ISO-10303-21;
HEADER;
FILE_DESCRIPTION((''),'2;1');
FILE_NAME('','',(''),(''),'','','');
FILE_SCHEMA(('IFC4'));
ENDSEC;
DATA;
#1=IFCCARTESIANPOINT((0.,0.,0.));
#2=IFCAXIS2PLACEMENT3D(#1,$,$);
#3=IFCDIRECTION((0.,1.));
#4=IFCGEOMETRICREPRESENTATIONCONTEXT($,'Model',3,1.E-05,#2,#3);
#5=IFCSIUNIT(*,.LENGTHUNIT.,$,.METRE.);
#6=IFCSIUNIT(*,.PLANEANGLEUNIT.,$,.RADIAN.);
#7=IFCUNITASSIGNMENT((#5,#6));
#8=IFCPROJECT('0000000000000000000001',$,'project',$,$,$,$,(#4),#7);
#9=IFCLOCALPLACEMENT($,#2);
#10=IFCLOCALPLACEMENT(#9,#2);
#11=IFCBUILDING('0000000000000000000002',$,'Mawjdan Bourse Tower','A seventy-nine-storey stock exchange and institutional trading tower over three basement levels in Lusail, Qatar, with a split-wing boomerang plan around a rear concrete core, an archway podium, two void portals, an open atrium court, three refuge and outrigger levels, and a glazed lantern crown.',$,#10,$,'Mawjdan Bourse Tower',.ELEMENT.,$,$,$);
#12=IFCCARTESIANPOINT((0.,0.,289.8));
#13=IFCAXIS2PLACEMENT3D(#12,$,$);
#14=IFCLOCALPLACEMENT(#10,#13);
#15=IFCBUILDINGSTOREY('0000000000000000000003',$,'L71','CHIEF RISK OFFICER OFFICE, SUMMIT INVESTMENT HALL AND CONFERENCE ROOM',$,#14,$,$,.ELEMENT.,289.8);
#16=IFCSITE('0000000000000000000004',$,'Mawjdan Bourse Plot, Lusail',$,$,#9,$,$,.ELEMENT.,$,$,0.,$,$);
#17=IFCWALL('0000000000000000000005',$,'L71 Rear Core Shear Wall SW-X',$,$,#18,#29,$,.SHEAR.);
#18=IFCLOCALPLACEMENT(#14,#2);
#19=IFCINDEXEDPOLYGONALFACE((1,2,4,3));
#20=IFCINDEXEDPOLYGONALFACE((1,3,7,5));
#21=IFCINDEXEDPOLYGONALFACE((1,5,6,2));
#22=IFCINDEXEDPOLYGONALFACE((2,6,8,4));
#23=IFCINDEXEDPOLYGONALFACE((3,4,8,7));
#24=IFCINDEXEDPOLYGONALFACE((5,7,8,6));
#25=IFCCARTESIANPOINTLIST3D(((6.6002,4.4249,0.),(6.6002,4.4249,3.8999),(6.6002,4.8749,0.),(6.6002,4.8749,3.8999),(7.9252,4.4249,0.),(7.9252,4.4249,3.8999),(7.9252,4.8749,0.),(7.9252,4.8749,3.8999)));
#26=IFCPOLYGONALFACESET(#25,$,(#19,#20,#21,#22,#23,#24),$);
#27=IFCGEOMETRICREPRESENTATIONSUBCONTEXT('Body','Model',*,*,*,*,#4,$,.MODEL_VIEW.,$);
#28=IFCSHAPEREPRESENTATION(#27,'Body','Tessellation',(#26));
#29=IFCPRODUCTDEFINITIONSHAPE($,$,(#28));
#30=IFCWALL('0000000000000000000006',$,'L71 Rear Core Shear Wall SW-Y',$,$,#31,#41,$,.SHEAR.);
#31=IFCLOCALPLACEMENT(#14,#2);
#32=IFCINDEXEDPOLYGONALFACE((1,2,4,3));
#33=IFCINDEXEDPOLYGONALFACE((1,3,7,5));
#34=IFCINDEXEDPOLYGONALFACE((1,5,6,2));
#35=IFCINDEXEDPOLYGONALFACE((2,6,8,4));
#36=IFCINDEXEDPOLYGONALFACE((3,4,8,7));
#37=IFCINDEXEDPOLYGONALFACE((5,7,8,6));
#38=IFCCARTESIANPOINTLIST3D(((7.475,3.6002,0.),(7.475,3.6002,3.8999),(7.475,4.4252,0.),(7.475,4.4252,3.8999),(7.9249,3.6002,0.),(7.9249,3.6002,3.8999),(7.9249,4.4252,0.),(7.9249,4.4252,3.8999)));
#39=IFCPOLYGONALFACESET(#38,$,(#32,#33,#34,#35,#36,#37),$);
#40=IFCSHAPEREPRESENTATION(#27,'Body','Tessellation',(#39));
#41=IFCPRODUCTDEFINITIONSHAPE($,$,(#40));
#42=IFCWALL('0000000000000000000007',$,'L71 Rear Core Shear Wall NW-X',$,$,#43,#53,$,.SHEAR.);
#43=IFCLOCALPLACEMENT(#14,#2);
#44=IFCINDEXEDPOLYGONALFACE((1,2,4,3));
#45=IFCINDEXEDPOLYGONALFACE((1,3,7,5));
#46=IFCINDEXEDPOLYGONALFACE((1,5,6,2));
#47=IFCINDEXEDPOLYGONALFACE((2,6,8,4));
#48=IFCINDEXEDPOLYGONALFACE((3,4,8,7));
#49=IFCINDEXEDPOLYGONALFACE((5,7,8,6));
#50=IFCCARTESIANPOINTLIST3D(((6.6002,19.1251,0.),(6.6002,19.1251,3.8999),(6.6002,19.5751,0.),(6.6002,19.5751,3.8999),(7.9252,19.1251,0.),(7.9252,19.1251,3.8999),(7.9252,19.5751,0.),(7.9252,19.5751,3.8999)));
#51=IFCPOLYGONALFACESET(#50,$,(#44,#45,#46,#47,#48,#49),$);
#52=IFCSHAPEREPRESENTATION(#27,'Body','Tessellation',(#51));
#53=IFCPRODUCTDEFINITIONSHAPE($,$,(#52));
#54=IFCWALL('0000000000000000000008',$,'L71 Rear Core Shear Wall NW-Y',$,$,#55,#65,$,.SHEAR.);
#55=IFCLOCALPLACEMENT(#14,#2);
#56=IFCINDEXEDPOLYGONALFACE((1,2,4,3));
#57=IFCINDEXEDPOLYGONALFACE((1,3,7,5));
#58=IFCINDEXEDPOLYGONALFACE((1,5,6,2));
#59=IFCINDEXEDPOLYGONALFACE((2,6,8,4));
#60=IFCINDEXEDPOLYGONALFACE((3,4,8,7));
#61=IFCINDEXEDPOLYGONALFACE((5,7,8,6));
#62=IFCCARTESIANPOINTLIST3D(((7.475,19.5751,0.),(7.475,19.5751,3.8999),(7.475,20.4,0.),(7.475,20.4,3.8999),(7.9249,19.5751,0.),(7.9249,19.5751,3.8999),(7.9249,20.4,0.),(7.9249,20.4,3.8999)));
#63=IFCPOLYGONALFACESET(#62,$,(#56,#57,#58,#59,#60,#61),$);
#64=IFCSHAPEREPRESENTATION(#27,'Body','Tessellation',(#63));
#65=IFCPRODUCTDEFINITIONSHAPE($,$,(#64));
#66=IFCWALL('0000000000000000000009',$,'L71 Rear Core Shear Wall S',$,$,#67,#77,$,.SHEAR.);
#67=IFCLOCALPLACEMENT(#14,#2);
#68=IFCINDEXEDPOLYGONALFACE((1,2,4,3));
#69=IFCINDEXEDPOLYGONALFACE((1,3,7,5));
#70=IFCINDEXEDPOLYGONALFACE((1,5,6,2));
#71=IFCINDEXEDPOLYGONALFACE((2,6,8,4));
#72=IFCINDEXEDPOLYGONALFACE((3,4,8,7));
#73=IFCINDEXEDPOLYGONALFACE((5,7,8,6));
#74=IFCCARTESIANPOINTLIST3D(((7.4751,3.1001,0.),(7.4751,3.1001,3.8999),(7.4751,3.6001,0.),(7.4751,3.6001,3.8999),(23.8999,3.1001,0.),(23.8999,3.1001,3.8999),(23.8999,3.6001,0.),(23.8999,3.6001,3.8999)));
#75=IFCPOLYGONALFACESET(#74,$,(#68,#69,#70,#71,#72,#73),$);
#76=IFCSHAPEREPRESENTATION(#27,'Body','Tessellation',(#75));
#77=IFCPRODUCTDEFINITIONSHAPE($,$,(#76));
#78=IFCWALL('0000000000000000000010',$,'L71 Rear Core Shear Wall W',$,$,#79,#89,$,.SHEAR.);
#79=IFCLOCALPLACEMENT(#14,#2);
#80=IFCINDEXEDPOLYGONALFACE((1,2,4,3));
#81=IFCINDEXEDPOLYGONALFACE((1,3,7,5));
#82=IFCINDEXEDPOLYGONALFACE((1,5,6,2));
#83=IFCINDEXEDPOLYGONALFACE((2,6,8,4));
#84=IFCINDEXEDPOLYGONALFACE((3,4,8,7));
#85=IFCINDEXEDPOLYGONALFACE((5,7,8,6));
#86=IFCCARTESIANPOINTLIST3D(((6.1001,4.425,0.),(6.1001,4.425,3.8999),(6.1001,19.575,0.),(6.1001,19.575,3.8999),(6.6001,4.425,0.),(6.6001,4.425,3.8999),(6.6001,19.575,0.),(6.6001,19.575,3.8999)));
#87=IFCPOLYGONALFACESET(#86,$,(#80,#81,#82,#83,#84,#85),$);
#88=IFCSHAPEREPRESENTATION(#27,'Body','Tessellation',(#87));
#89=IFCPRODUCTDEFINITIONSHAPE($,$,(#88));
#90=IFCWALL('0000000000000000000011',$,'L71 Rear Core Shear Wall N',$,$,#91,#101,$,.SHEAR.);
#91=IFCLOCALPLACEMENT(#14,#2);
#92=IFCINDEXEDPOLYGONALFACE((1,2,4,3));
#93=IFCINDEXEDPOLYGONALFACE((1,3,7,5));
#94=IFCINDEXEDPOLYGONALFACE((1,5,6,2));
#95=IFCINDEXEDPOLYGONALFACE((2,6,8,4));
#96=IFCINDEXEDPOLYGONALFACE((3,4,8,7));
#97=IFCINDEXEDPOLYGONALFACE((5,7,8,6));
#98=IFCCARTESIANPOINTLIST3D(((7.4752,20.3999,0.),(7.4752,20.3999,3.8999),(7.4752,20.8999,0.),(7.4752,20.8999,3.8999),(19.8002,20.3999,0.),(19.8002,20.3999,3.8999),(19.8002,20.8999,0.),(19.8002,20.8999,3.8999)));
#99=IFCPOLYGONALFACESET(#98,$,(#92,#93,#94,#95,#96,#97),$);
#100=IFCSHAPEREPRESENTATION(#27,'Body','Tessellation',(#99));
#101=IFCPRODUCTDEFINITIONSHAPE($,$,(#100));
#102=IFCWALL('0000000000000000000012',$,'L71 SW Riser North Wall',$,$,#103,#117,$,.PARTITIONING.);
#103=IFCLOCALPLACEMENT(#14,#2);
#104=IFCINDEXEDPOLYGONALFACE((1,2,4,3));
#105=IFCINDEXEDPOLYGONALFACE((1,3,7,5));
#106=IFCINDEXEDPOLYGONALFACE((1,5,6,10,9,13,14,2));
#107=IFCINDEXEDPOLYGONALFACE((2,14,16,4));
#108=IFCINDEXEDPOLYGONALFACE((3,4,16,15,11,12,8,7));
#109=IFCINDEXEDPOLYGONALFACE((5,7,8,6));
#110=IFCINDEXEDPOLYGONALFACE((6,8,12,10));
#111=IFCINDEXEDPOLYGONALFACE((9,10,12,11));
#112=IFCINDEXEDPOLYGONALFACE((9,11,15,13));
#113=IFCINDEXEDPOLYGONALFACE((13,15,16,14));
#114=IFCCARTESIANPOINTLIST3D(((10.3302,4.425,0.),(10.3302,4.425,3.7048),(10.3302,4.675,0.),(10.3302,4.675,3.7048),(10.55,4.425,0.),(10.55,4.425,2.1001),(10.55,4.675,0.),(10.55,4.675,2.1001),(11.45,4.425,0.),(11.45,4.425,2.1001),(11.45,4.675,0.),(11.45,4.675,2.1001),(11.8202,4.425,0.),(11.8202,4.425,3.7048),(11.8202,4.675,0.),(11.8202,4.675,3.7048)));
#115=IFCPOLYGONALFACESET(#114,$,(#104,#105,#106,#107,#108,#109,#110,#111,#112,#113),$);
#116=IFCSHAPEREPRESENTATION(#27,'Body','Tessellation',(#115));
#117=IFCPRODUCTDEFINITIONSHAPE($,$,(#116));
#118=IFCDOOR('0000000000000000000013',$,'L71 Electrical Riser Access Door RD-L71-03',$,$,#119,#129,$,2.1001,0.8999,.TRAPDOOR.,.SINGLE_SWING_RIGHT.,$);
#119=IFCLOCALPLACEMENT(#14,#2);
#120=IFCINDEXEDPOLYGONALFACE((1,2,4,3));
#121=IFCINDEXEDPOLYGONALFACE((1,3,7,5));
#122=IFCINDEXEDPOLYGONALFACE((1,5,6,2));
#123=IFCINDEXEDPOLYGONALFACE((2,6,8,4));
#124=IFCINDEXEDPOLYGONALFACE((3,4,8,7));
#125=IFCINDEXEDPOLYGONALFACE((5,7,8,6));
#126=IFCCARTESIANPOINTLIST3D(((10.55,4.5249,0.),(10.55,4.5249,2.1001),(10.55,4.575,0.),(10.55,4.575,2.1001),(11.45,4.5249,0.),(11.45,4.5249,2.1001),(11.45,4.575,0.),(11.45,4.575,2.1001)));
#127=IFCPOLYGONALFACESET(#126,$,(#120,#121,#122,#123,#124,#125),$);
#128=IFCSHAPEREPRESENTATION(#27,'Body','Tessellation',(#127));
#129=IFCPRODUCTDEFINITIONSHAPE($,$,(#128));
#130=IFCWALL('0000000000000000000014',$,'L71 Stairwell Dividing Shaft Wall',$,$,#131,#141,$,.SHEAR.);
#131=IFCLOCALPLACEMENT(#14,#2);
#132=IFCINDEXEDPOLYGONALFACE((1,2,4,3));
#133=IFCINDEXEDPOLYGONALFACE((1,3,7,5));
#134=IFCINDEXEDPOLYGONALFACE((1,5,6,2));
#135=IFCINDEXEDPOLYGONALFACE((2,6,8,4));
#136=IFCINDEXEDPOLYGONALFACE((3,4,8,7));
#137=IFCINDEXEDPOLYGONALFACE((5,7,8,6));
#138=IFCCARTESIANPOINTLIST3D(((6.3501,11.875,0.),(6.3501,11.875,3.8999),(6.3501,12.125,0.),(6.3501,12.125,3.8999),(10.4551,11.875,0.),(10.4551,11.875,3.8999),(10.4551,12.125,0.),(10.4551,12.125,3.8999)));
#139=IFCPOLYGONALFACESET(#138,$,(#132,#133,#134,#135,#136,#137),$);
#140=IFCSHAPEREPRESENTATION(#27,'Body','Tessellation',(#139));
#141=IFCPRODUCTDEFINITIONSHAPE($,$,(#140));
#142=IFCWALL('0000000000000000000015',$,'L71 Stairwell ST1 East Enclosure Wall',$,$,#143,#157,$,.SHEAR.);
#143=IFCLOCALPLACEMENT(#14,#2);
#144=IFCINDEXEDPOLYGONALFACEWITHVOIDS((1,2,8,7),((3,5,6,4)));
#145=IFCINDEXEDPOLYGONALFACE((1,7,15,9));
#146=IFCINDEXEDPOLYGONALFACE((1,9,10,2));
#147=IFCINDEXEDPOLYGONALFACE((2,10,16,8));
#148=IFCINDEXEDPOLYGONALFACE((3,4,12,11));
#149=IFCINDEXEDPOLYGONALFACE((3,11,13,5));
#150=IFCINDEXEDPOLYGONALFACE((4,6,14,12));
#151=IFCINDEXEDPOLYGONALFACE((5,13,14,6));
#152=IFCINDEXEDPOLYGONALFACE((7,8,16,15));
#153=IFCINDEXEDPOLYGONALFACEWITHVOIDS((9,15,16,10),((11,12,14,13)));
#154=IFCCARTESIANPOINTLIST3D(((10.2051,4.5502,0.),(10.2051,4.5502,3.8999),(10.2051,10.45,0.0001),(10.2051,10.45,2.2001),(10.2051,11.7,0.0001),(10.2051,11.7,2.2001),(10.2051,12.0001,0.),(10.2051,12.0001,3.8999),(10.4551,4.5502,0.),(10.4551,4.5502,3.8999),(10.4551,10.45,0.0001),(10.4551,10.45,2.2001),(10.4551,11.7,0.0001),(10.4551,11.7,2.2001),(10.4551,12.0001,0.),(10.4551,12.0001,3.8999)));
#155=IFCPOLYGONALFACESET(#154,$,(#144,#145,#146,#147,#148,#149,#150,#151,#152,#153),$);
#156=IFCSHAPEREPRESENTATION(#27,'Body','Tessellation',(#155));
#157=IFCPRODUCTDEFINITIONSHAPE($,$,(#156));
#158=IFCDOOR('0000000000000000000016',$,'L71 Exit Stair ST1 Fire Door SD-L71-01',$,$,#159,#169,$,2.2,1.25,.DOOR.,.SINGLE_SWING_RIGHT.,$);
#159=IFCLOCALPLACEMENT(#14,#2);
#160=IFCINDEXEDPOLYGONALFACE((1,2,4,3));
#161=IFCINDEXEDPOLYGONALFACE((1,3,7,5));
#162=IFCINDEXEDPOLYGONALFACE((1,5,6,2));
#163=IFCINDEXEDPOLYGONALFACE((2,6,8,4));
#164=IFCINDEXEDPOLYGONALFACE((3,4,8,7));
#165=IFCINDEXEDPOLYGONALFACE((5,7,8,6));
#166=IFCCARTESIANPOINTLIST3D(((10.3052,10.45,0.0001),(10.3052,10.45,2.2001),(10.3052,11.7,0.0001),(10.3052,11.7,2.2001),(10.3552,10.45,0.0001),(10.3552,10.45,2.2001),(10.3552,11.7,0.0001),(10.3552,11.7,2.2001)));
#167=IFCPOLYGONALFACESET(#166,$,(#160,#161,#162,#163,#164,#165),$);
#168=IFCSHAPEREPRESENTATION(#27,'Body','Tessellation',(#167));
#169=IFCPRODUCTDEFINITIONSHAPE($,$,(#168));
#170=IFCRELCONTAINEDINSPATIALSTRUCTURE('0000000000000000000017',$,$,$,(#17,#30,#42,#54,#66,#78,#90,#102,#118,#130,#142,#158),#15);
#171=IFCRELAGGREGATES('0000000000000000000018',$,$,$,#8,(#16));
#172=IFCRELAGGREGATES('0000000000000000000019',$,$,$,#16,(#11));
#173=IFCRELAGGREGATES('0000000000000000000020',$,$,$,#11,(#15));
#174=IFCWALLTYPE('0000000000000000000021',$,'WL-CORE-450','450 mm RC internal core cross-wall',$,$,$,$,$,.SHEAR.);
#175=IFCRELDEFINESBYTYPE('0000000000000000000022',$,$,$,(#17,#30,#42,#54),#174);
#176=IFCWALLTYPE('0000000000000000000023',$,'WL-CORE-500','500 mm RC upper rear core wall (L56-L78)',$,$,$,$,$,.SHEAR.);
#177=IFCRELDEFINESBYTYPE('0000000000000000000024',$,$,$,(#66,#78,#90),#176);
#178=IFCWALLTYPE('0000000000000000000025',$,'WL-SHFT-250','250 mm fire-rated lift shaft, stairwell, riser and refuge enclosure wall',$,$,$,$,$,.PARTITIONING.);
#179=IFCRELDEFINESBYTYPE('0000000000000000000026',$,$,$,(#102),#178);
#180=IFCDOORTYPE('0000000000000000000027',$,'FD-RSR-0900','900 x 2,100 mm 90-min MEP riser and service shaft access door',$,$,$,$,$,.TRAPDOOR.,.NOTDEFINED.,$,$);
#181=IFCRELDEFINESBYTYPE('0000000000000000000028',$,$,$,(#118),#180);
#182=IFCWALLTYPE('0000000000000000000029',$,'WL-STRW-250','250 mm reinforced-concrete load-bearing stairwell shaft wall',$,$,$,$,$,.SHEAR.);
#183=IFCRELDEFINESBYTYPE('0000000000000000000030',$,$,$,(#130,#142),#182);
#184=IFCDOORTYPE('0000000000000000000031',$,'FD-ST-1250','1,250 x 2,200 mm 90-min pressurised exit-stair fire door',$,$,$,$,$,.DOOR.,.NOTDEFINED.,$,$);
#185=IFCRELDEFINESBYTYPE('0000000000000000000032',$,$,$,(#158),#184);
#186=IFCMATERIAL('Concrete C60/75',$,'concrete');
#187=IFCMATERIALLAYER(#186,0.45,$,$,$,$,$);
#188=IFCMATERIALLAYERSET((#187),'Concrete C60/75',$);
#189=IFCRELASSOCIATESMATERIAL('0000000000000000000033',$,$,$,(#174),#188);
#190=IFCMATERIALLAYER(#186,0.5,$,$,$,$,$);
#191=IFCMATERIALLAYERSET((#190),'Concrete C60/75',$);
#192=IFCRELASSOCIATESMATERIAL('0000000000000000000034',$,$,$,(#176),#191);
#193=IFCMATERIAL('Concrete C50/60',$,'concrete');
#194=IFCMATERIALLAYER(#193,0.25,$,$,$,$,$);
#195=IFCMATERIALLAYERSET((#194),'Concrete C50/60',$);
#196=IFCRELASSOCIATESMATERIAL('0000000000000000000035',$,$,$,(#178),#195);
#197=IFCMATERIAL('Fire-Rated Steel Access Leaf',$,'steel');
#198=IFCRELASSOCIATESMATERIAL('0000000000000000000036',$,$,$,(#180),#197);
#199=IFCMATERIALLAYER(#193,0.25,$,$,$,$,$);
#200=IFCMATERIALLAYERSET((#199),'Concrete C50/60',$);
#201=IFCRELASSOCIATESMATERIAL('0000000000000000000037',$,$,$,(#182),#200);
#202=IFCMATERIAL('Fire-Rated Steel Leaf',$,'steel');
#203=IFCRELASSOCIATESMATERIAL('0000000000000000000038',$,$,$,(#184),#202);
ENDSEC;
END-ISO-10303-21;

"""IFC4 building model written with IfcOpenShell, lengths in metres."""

from ifc_helpers import new_model, si_unit, direction, frame, frame_2d, origin, place, context, subcontext, project, spatial, rectangle, extrude, material, layer, layer_set, type_object, element, fill, save


model = new_model("IFC4")

# Units and contexts
model_context = context("Model", 3, precision=1e-05, world=origin(), true_north=direction((0.0, 1.0)))
body_context = subcontext(model_context, "Body", "Model", "MODEL_VIEW")
ifc_project = project(units=[si_unit("LENGTHUNIT", "METRE"), si_unit("PLANEANGLEUNIT", "RADIAN")], contexts=[model_context])

# Site, building, storey
site_placement = place(None, origin())
site = spatial("IfcSite", under=ifc_project, at=site_placement, Name="Mawjdan Bourse Plot, Lusail", CompositionType="ELEMENT", RefElevation=0.0)
building_placement = place(site_placement, origin())
building = spatial("IfcBuilding", under=site, at=building_placement, Name="Mawjdan Bourse Tower", Description="A seventy-nine-storey stock exchange and institutional trading tower over three basement levels in Lusail, Qatar, with a split-wing boomerang plan around a rear concrete core, an archway podium, two void portals, an open atrium court, three refuge and outrigger levels, and a glazed lantern crown.", LongName="Mawjdan Bourse Tower", CompositionType="ELEMENT")
storey_placement = place(building_placement, frame((0.0, 0.0, 289.8)))
storey = spatial("IfcBuildingStorey", under=building, at=storey_placement, Name="L71", Description="CHIEF RISK OFFICER OFFICE, SUMMIT INVESTMENT HALL AND CONFERENCE ROOM", CompositionType="ELEMENT", Elevation=289.8)

# Shared definitions
ifc_material_1 = material(Name="Concrete C50/60", Category="concrete")

# Walls
ifc_material_2 = material(Name="Concrete C60/75", Category="concrete")
ifc_layer_1 = layer(ifc_material_2, 0.45)
ifc_layer_set_1 = layer_set([ifc_layer_1], Name="Concrete C60/75")
wall_type_1 = type_object("IfcWallType", Name="WL-CORE-450", Description="450 mm RC internal core cross-wall", PredefinedType="SHEAR", material=ifc_layer_set_1)
wall_1_placement = place(storey_placement, frame((6.6001, 4.6499, 0.0), z_axis=(0.0, 0.0, 1.0), x_axis=(1.0, 0.0, 0.0)))
element("IfcWall", 1, at=wall_1_placement, inside=storey, type_object=wall_type_1, Name="L71 Rear Core Shear Wall SW-X", PredefinedType="SHEAR", context=body_context, shape_type="SweptSolid", body=[
    extrude(rectangle(XDim=1.325, YDim=0.45, at=frame_2d((0.6626, 0.0))), origin(), (0.0, 0.0, 1.0), 3.8999),
])
wall_2_placement = place(storey_placement, frame((7.7, 3.6001, 0.0), z_axis=(0.0, 0.0, 1.0), x_axis=(0.0, 1.0, 0.0)))
element("IfcWall", 2, at=wall_2_placement, inside=storey, type_object=wall_type_1, Name="L71 Rear Core Shear Wall SW-Y", PredefinedType="SHEAR", context=body_context, shape_type="SweptSolid", body=[
    extrude(rectangle(XDim=0.825, YDim=0.45, at=frame_2d((0.4126, 0.0))), origin(), (0.0, 0.0, 1.0), 3.8999),
])
wall_3_placement = place(storey_placement, frame((6.6001, 19.3501, 0.0), z_axis=(0.0, 0.0, 1.0), x_axis=(1.0, 0.0, 0.0)))
element("IfcWall", 3, at=wall_3_placement, inside=storey, type_object=wall_type_1, Name="L71 Rear Core Shear Wall NW-X", PredefinedType="SHEAR", context=body_context, shape_type="SweptSolid", body=[
    extrude(rectangle(XDim=1.325, YDim=0.45, at=frame_2d((0.6626, 0.0))), origin(), (0.0, 0.0, 1.0), 3.8999),
])
wall_4_placement = place(storey_placement, frame((7.7, 19.575, 0.0), z_axis=(0.0, 0.0, 1.0), x_axis=(0.0, 1.0, 0.0)))
element("IfcWall", 4, at=wall_4_placement, inside=storey, type_object=wall_type_1, Name="L71 Rear Core Shear Wall NW-Y", PredefinedType="SHEAR", context=body_context, shape_type="SweptSolid", body=[
    extrude(rectangle(XDim=0.825, YDim=0.45, at=frame_2d((0.4126, 0.0))), origin(), (0.0, 0.0, 1.0), 3.8999),
])
ifc_layer_2 = layer(ifc_material_2, 0.5)
ifc_layer_set_2 = layer_set([ifc_layer_2], Name="Concrete C60/75")
wall_type_2 = type_object("IfcWallType", Name="WL-CORE-500", Description="500 mm RC upper rear core wall (L56-L78)", PredefinedType="SHEAR", material=ifc_layer_set_2)
wall_5_placement = place(storey_placement, frame((7.4751, 3.3501, 0.0), z_axis=(0.0, 0.0, 1.0), x_axis=(1.0, 0.0, 0.0)))
element("IfcWall", 5, at=wall_5_placement, inside=storey, type_object=wall_type_2, Name="L71 Rear Core Shear Wall S", PredefinedType="SHEAR", context=body_context, shape_type="SweptSolid", body=[
    extrude(rectangle(XDim=16.4248, YDim=0.5, at=frame_2d((8.2124, 0.0))), origin(), (0.0, 0.0, 1.0), 3.8999),
])
wall_6_placement = place(storey_placement, frame((6.3501, 4.425, 0.0), z_axis=(0.0, 0.0, 1.0), x_axis=(0.0, 1.0, 0.0)))
element("IfcWall", 6, at=wall_6_placement, inside=storey, type_object=wall_type_2, Name="L71 Rear Core Shear Wall W", PredefinedType="SHEAR", context=body_context, shape_type="SweptSolid", body=[
    extrude(rectangle(XDim=15.1499, YDim=0.5, at=frame_2d((7.575, 0.0))), origin(), (0.0, 0.0, 1.0), 3.8999),
])
wall_7_placement = place(storey_placement, frame((7.4751, 20.6499, 0.0), z_axis=(0.0, 0.0, 1.0), x_axis=(1.0, 0.0, 0.0)))
element("IfcWall", 7, at=wall_7_placement, inside=storey, type_object=wall_type_2, Name="L71 Rear Core Shear Wall N", PredefinedType="SHEAR", context=body_context, shape_type="SweptSolid", body=[
    extrude(rectangle(XDim=12.325, YDim=0.5, at=frame_2d((6.1626, 0.0))), origin(), (0.0, 0.0, 1.0), 3.8999),
])

# Wall, opening, door
ifc_layer_3 = layer(ifc_material_1, 0.25)
ifc_layer_set_3 = layer_set([ifc_layer_3], Name="Concrete C50/60")
wall_type_3 = type_object("IfcWallType", Name="WL-SHFT-250", Description="250 mm fire-rated lift shaft, stairwell, riser and refuge enclosure wall", PredefinedType="PARTITIONING", material=ifc_layer_set_3)
wall_8_placement = place(storey_placement, frame((10.3301, 4.55, 0.0), z_axis=(0.0, 0.0, 1.0), x_axis=(1.0, 0.0, 0.0)))
wall_8 = element("IfcWall", 8, at=wall_8_placement, inside=storey, type_object=wall_type_3, Name="L71 SW Riser North Wall", PredefinedType="PARTITIONING", context=body_context, shape_type="SweptSolid", body=[
    extrude(rectangle(XDim=1.49, YDim=0.25, at=frame_2d((0.7451, 0.0))), origin(), (0.0, 0.0, 1.0), 3.7048),
])
opening_1_placement = place(wall_8_placement, frame((0.22, 0.0, 0.0)))
opening_1 = element("IfcOpeningElement", 9, at=opening_1_placement, cuts=wall_8, PredefinedType="OPENING", context=body_context, shape_type="SweptSolid", body=[
    extrude(rectangle(XDim=0.8999, YDim=2.1001, at=frame_2d((0.45, 1.05))), frame((0.0, 0.135, 0.0), z_axis=(0.0, -1.0, 0.0), x_axis=(1.0, 0.0, 0.0)), (0.0, 0.0, 1.0), 0.27),
])
ifc_material_3 = material(Name="Fire-Rated Steel Access Leaf", Category="steel")
door_type_1 = type_object("IfcDoorType", Name="FD-RSR-0900", Description="900 x 2,100 mm 90-min MEP riser and service shaft access door", OperationType="NOTDEFINED", PredefinedType="TRAPDOOR", material=ifc_material_3)
door_1_placement = place(opening_1_placement, origin())
door_1 = element("IfcDoor", 10, at=door_1_placement, inside=storey, type_object=door_type_1, Name="L71 Electrical Riser Access Door RD-L71-03", OperationType="SINGLE_SWING_RIGHT", OverallHeight=2.1001, OverallWidth=0.8999, PredefinedType="TRAPDOOR", context=body_context, shape_type="SweptSolid", body=[
    extrude(rectangle(XDim=0.8999, YDim=2.1001, at=frame_2d((0.45, 1.05))), frame((0.0, 0.0249, 0.0), z_axis=(0.0, -1.0, 0.0), x_axis=(1.0, 0.0, 0.0)), (0.0, 0.0, 1.0), 0.05),
])
fill(opening_1, door_1)

# Wall
ifc_layer_4 = layer(ifc_material_1, 0.25)
ifc_layer_set_4 = layer_set([ifc_layer_4], Name="Concrete C50/60")
wall_type_4 = type_object("IfcWallType", Name="WL-STRW-250", Description="250 mm reinforced-concrete load-bearing stairwell shaft wall", PredefinedType="SHEAR", material=ifc_layer_set_4)
wall_9_placement = place(storey_placement, frame((6.3501, 12.0, 0.0), z_axis=(0.0, 0.0, 1.0), x_axis=(1.0, 0.0, 0.0)))
element("IfcWall", 11, at=wall_9_placement, inside=storey, type_object=wall_type_4, Name="L71 Stairwell Dividing Shaft Wall", PredefinedType="SHEAR", context=body_context, shape_type="SweptSolid", body=[
    extrude(rectangle(XDim=4.105, YDim=0.25, at=frame_2d((2.0525, 0.0))), origin(), (0.0, 0.0, 1.0), 3.8999),
])

# Wall, opening, door
wall_10_placement = place(storey_placement, frame((10.3301, 4.55, 0.0), z_axis=(0.0, 0.0, 1.0), x_axis=(0.0, 1.0, 0.0)))
wall_10 = element("IfcWall", 12, at=wall_10_placement, inside=storey, type_object=wall_type_4, Name="L71 Stairwell ST1 East Enclosure Wall", PredefinedType="SHEAR", context=body_context, shape_type="SweptSolid", body=[
    extrude(rectangle(XDim=7.45, YDim=0.25, at=frame_2d((3.7251, 0.0))), origin(), (0.0, 0.0, 1.0), 3.8999),
])
opening_2_placement = place(wall_10_placement, frame((5.8999, 0.0, 0.0)))
opening_2 = element("IfcOpeningElement", 13, at=opening_2_placement, cuts=wall_10, PredefinedType="OPENING", context=body_context, shape_type="SweptSolid", body=[
    extrude(rectangle(XDim=1.25, YDim=2.2, at=frame_2d((0.625, 1.1001))), frame((0.0, 0.135, 0.0), z_axis=(0.0, -1.0, 0.0), x_axis=(1.0, 0.0, 0.0)), (0.0, 0.0, 1.0), 0.27),
])
ifc_material_4 = material(Name="Fire-Rated Steel Leaf", Category="steel")
door_type_2 = type_object("IfcDoorType", Name="FD-ST-1250", Description="1,250 x 2,200 mm 90-min pressurised exit-stair fire door", OperationType="NOTDEFINED", PredefinedType="DOOR", material=ifc_material_4)
door_2_placement = place(opening_2_placement, origin())
door_2 = element("IfcDoor", 14, at=door_2_placement, inside=storey, type_object=door_type_2, Name="L71 Exit Stair ST1 Fire Door SD-L71-01", OperationType="SINGLE_SWING_RIGHT", OverallHeight=2.2, OverallWidth=1.25, PredefinedType="DOOR", context=body_context, shape_type="SweptSolid", body=[
    extrude(rectangle(XDim=1.25, YDim=2.2, at=frame_2d((0.625, 1.1001))), frame((0.0, 0.0249, 0.0), z_axis=(0.0, -1.0, 0.0), x_axis=(1.0, 0.0, 0.0)), (0.0, 0.0, 1.0), 0.05),
])
fill(opening_2, door_2)

save(model, "model.ifc")
